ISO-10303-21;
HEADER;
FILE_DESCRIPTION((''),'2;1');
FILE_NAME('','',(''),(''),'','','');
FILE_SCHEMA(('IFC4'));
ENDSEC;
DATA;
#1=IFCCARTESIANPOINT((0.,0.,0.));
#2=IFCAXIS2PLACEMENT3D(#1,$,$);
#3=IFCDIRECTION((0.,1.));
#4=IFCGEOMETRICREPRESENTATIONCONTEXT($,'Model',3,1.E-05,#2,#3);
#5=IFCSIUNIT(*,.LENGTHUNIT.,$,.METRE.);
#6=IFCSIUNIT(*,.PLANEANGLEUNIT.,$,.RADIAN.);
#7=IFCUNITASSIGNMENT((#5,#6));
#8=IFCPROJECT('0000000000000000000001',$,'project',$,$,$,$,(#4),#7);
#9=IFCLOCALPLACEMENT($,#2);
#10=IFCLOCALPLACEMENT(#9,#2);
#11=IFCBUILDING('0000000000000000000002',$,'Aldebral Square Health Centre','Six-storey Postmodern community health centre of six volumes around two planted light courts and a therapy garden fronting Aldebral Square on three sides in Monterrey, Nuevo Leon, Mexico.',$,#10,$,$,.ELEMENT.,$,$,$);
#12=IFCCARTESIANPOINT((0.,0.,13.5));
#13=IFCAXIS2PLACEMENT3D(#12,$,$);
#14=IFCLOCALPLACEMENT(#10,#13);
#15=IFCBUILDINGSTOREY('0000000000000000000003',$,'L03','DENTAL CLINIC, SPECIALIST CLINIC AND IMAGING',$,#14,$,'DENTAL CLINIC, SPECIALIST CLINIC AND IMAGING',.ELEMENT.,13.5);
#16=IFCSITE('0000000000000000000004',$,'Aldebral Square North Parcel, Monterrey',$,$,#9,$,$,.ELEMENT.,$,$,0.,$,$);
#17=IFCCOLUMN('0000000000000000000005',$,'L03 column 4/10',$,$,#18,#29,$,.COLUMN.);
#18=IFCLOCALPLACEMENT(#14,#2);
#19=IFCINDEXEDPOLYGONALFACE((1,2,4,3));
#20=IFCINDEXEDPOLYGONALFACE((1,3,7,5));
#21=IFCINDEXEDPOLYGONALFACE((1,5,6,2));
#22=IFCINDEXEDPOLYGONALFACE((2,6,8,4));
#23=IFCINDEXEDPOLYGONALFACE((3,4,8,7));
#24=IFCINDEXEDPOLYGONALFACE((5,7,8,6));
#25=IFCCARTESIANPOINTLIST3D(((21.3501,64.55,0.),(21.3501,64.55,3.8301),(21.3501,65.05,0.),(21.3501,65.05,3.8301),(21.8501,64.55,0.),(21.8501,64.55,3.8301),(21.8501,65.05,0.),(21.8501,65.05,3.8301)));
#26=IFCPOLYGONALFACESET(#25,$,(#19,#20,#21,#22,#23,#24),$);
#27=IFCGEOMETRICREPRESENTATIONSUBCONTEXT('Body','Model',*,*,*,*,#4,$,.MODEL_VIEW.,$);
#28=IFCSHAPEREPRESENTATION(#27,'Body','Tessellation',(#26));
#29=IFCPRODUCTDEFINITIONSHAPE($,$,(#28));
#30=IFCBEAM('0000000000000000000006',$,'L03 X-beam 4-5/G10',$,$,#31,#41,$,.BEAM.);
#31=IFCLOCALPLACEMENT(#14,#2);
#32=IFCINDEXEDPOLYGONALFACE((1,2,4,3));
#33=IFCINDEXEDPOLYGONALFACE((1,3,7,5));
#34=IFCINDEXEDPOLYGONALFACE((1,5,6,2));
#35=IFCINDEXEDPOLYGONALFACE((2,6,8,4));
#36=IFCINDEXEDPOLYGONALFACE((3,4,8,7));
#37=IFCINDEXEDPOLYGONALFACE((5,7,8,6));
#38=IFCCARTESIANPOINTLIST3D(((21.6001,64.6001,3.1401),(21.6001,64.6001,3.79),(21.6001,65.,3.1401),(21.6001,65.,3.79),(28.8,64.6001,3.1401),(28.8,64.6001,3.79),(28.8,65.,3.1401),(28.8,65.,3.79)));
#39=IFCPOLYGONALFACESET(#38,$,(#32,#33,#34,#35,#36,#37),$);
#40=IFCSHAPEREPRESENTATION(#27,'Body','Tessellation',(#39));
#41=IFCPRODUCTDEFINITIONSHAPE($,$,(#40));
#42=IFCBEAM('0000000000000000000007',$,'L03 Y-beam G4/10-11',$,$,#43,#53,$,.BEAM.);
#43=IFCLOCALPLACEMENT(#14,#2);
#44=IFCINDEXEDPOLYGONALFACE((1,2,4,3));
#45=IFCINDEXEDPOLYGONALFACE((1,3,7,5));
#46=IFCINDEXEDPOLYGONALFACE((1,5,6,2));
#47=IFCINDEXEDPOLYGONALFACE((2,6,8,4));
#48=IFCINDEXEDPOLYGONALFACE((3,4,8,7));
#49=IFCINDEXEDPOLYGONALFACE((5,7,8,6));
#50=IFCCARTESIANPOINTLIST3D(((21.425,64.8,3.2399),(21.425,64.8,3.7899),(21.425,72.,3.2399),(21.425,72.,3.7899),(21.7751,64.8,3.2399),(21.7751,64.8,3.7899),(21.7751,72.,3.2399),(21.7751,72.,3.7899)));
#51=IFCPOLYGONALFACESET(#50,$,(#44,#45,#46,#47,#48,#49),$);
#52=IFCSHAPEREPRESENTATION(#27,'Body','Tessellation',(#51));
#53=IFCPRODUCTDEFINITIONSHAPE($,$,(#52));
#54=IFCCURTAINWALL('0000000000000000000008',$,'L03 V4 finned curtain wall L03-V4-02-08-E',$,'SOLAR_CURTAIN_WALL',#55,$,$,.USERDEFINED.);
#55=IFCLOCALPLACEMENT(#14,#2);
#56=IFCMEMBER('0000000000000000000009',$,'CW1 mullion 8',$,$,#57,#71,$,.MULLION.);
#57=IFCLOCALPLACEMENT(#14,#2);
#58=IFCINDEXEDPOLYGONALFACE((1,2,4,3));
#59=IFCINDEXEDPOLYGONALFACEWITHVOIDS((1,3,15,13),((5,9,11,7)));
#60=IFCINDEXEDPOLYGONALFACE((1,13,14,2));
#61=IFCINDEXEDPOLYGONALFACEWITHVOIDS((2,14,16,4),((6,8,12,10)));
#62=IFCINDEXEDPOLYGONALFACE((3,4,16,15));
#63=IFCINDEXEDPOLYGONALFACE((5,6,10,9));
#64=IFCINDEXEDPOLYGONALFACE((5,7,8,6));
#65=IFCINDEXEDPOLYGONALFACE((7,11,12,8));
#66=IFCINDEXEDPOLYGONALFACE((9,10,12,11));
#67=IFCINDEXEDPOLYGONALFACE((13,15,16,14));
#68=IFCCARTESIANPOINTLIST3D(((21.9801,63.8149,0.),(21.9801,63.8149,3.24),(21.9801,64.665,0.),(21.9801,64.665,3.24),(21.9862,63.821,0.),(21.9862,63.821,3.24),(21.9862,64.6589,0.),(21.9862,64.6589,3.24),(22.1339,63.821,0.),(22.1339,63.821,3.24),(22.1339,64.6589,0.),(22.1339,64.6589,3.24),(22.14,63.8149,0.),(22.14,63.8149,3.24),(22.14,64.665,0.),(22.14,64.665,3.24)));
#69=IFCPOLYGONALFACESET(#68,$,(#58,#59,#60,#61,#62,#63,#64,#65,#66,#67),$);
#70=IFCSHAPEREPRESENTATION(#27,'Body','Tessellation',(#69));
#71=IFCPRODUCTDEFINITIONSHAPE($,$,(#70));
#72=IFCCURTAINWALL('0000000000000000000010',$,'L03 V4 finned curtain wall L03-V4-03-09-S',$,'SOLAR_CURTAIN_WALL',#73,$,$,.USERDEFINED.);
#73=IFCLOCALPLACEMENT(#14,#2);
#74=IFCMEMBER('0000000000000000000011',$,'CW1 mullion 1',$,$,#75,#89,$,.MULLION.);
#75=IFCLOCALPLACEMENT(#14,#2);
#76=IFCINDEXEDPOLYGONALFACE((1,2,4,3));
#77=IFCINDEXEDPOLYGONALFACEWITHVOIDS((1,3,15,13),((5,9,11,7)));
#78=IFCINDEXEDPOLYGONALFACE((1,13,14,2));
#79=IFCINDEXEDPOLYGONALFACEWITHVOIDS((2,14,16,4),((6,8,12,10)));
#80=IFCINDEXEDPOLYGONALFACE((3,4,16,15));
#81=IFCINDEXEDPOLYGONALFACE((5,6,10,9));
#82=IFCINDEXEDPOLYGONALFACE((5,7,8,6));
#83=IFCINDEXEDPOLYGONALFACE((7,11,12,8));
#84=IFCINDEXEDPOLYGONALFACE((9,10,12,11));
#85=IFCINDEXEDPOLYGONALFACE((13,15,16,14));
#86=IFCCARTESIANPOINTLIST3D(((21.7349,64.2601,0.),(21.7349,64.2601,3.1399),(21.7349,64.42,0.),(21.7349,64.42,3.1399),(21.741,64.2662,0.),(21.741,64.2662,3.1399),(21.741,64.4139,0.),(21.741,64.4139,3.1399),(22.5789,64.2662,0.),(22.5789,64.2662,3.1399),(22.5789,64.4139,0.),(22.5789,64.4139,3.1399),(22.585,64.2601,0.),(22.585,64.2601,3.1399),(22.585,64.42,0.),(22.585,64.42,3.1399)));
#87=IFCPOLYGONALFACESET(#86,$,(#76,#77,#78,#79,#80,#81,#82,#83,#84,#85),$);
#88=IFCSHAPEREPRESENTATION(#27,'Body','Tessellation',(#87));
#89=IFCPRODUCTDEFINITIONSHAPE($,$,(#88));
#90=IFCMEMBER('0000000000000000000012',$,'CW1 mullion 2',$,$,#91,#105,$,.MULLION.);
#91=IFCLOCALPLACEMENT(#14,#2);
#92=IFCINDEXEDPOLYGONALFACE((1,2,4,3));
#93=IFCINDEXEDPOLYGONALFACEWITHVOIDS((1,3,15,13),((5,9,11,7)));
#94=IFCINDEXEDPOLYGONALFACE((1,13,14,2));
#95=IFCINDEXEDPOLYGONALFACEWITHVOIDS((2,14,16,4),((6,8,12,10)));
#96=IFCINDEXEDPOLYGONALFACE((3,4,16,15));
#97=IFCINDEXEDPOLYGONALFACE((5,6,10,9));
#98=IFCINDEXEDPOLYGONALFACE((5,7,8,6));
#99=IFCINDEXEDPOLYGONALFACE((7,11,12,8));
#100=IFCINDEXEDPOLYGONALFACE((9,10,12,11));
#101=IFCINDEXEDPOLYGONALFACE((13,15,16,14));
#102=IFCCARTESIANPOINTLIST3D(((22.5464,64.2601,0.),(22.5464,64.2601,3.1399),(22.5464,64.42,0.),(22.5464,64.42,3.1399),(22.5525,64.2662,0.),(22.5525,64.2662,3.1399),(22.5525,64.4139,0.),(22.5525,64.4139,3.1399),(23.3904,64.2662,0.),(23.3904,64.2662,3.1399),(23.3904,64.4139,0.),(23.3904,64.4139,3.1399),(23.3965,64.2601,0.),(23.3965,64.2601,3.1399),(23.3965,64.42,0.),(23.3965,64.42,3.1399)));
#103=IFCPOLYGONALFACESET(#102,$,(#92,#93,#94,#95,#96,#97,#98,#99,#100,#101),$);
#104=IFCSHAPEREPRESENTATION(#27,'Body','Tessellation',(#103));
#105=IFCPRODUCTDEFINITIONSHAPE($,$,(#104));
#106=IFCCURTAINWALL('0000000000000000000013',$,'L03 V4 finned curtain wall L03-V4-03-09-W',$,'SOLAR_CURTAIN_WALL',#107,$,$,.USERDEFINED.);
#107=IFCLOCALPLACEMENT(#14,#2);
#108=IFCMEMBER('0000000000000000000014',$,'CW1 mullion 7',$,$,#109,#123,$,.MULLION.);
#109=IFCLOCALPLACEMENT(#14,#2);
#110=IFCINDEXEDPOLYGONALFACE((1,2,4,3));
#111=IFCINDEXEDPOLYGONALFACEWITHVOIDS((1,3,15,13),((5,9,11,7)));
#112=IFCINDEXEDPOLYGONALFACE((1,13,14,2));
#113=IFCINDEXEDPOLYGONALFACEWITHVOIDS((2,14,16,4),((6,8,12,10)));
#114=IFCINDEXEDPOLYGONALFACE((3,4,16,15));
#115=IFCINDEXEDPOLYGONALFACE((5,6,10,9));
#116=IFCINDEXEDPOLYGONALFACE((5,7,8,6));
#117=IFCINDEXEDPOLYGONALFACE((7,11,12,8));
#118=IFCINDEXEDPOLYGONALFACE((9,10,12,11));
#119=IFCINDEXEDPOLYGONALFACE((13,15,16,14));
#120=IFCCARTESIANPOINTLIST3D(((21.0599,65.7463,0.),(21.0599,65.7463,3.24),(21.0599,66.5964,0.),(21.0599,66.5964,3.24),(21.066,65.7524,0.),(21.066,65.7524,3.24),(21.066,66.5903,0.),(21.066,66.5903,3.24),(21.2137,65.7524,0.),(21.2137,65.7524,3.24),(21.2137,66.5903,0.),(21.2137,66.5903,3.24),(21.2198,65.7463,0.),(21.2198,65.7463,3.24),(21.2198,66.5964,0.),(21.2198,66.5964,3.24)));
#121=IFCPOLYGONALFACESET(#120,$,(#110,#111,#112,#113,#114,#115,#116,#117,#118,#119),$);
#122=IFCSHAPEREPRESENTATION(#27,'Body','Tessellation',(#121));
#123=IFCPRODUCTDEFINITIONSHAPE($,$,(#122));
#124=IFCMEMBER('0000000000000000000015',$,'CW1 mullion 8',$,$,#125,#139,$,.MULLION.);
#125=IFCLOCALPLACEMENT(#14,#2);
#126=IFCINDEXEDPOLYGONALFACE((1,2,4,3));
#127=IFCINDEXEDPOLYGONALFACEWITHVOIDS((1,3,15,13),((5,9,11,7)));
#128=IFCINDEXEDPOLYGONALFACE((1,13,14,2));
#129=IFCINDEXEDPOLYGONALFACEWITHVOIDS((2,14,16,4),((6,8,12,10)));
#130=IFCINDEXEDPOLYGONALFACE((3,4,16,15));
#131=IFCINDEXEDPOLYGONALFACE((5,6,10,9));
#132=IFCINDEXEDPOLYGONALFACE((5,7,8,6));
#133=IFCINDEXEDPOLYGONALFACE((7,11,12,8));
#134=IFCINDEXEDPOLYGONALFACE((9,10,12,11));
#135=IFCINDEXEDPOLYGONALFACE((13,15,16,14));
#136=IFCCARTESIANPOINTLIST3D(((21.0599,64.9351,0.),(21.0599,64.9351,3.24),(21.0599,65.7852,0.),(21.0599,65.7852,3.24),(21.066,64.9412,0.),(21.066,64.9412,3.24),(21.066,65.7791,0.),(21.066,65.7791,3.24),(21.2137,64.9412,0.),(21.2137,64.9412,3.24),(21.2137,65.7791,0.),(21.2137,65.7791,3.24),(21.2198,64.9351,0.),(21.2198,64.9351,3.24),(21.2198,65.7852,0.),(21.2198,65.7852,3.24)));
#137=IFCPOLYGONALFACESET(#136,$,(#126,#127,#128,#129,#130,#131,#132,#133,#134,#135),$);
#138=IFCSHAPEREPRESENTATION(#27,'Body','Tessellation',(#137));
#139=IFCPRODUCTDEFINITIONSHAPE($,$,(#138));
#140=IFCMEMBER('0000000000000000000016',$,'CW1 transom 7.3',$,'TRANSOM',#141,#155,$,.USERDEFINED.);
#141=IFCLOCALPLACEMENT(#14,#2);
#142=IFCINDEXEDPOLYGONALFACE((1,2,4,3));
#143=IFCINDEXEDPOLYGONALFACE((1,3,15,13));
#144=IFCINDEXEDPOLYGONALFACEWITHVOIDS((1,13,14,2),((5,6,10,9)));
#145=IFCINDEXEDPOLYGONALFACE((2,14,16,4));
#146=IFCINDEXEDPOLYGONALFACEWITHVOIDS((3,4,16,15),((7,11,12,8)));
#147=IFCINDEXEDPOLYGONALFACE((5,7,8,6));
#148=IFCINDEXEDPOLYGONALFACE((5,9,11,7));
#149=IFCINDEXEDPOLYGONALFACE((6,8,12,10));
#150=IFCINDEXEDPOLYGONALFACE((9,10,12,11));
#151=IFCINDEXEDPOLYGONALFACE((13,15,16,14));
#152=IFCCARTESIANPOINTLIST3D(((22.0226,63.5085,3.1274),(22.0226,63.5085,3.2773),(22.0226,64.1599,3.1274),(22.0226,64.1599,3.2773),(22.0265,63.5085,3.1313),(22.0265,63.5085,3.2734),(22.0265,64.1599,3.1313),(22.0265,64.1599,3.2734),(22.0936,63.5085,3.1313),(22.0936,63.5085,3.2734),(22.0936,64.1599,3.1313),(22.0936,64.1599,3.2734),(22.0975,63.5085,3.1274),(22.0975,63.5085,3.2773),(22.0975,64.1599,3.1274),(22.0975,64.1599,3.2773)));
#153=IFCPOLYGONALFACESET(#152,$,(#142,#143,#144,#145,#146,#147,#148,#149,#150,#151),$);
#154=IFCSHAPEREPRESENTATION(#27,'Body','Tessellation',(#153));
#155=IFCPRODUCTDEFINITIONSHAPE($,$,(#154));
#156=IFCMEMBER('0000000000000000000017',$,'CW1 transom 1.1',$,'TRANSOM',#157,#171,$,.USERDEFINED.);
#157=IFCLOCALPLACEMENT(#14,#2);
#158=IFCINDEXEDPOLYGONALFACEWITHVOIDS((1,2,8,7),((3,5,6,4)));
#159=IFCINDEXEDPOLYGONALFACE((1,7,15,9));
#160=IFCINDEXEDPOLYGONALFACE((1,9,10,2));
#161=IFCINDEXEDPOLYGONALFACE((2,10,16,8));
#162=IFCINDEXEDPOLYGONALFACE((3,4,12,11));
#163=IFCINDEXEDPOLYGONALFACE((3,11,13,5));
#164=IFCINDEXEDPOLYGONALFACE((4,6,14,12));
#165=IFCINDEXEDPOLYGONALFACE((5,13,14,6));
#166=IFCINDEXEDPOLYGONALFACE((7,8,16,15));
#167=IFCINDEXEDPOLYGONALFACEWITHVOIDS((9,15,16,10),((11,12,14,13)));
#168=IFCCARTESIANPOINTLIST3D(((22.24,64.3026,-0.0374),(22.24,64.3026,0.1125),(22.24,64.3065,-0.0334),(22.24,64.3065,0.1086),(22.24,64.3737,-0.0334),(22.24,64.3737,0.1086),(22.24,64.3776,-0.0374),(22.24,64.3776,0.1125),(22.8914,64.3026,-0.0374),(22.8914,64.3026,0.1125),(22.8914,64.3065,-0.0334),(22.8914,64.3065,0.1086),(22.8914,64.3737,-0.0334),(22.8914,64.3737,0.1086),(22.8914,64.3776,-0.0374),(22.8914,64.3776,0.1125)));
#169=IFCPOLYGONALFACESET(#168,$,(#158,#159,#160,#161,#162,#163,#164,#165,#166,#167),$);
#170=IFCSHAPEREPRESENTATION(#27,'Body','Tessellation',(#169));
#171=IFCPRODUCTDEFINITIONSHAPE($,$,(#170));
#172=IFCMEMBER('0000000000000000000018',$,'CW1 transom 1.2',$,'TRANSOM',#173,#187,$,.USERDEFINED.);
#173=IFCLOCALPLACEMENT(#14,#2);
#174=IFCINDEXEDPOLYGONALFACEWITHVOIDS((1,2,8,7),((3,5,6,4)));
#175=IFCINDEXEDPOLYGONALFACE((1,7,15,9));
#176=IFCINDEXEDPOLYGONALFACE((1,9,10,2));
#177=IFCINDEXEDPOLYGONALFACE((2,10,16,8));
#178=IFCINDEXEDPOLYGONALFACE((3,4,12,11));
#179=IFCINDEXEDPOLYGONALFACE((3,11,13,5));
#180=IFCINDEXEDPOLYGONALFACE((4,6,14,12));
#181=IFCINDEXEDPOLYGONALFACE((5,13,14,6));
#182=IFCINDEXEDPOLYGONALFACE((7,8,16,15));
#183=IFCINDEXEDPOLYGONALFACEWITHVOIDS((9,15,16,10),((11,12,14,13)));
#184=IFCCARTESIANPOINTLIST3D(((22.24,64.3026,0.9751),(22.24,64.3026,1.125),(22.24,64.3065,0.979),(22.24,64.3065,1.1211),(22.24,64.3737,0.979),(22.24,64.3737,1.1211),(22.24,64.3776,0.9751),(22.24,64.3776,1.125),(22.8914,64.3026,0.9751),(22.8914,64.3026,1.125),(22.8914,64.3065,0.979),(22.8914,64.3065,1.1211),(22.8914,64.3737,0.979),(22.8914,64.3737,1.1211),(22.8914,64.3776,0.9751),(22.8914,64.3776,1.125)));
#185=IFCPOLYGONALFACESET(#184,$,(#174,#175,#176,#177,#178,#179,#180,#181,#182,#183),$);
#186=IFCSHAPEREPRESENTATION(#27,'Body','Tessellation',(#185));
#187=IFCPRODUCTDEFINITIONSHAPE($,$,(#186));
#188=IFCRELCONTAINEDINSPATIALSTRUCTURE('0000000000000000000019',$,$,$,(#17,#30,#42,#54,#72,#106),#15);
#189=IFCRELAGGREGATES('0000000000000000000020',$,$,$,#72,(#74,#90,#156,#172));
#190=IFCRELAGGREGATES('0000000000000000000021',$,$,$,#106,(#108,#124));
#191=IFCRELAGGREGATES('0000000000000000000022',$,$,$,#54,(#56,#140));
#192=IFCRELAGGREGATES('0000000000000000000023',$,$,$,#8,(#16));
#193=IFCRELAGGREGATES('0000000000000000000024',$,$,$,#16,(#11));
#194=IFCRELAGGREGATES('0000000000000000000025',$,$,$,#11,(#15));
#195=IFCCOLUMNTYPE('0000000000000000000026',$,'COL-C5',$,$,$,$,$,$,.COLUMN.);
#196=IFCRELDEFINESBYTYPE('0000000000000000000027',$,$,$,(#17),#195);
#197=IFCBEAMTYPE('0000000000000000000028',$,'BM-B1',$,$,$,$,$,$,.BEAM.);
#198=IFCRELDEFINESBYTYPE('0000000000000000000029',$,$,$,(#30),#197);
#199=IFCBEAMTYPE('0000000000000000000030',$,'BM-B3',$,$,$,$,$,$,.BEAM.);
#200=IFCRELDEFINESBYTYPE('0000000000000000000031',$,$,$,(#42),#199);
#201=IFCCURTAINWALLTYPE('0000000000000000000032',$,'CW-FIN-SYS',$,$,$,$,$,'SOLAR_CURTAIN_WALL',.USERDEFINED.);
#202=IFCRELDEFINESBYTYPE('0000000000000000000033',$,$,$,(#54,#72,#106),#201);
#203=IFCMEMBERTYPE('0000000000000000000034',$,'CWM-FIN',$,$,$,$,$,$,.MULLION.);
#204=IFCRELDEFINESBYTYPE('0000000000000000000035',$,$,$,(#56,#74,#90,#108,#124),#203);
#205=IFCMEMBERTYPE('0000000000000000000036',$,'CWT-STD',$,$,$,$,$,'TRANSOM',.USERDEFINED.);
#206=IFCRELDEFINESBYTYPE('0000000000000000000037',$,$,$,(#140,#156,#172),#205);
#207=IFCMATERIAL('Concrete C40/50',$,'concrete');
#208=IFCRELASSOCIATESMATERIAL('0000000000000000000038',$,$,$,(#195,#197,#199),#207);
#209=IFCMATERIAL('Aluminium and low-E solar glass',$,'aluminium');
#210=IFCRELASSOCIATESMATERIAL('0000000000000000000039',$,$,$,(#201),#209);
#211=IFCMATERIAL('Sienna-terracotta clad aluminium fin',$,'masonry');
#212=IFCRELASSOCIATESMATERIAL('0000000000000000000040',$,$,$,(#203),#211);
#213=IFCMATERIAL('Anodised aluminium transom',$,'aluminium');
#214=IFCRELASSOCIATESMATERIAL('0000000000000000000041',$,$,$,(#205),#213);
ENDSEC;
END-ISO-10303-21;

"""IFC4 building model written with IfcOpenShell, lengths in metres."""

from ifc_helpers import new_model, si_unit, direction, frame, origin, origin_2d, place, context, subcontext, project, spatial, rectangle, hollow_rectangle, extrude, material, material_profile, profile_set, type_object, element, aggregate, save


model = new_model("IFC4")

# Units and contexts
model_context = context("Model", 3, precision=1e-05, world=origin(), true_north=direction((0.0, 1.0)))
body_context = subcontext(model_context, "Body", "Model", "MODEL_VIEW")
ifc_project = project(units=[si_unit("LENGTHUNIT", "METRE"), si_unit("PLANEANGLEUNIT", "RADIAN")], contexts=[model_context])

# Site, building, storey
site_placement = place(None, origin())
site = spatial("IfcSite", under=ifc_project, at=site_placement, Name="Aldebral Square North Parcel, Monterrey", CompositionType="ELEMENT", RefElevation=0.0)
building_placement = place(site_placement, origin())
building = spatial("IfcBuilding", under=site, at=building_placement, Name="Aldebral Square Health Centre", Description="Six-storey Postmodern community health centre of six volumes around two planted light courts and a therapy garden fronting Aldebral Square on three sides in Monterrey, Nuevo Leon, Mexico.", CompositionType="ELEMENT")
storey_placement = place(building_placement, frame((0.0, 0.0, 13.5)))
storey = spatial("IfcBuildingStorey", under=building, at=storey_placement, Name="L03", Description="DENTAL CLINIC, SPECIALIST CLINIC AND IMAGING", LongName="DENTAL CLINIC, SPECIALIST CLINIC AND IMAGING", CompositionType="ELEMENT", Elevation=13.5)

# Column
ifc_material_1 = material(Name="Concrete C40/50", Category="concrete")
ifc_material_profile_1 = material_profile(ifc_material_1, rectangle(XDim=0.5, YDim=0.5, at=origin_2d()), Name="RC 500x500")
ifc_profile_set_1 = profile_set([ifc_material_profile_1], Name="Concrete C40/50")
column_type = type_object("IfcColumnType", Name="COL-C5", PredefinedType="COLUMN", material=ifc_profile_set_1)
column_placement = place(storey_placement, frame((21.6001, 64.8, 0.0), z_axis=(0.0, 0.0, 1.0), x_axis=(1.0, 0.0, 0.0)))
element("IfcColumn", 1, at=column_placement, inside=storey, type_object=column_type, Name="L03 column 4/10", PredefinedType="COLUMN", context=body_context, shape_type="SweptSolid", body=[
    extrude(rectangle(XDim=0.5, YDim=0.5, at=origin_2d()), origin(), (0.0, 0.0, 1.0), 3.8301),
])

# Beams
ifc_material_profile_2 = material_profile(ifc_material_1, rectangle(XDim=0.3999, YDim=0.6499, at=origin_2d()), Name="RC 400x650")
ifc_profile_set_2 = profile_set([ifc_material_profile_2], Name="Concrete C40/50")
beam_type_1 = type_object("IfcBeamType", Name="BM-B1", PredefinedType="BEAM", material=ifc_profile_set_2)
beam_1_placement = place(storey_placement, frame((21.6001, 64.8, 3.4651), z_axis=(1.0, 0.0, 0.0), x_axis=(0.0, 1.0, 0.0)))
element("IfcBeam", 2, at=beam_1_placement, inside=storey, type_object=beam_type_1, Name="L03 X-beam 4-5/G10", PredefinedType="BEAM", context=body_context, shape_type="SweptSolid", body=[
    extrude(rectangle(XDim=0.3999, YDim=0.6499, at=origin_2d()), origin(), (0.0, 0.0, 1.0), 7.2),
])
ifc_material_profile_3 = material_profile(ifc_material_1, rectangle(XDim=0.3501, YDim=0.55, at=origin_2d()), Name="RC 350x550")
ifc_profile_set_3 = profile_set([ifc_material_profile_3], Name="Concrete C40/50")
beam_type_2 = type_object("IfcBeamType", Name="BM-B3", PredefinedType="BEAM", material=ifc_profile_set_3)
beam_2_placement = place(storey_placement, frame((21.6001, 64.8, 3.5149), z_axis=(0.0, 1.0, 0.0), x_axis=(-1.0, 0.0, 0.0)))
element("IfcBeam", 3, at=beam_2_placement, inside=storey, type_object=beam_type_2, Name="L03 Y-beam G4/10-11", PredefinedType="BEAM", context=body_context, shape_type="SweptSolid", body=[
    extrude(rectangle(XDim=0.3501, YDim=0.55, at=origin_2d()), origin(), (0.0, 0.0, 1.0), 7.2),
])

# Curtain wall, member
ifc_material_2 = material(Name="Aluminium and low-E solar glass", Category="aluminium")
curtain_wall_type = type_object("IfcCurtainWallType", Name="CW-FIN-SYS", ElementType="SOLAR_CURTAIN_WALL", PredefinedType="USERDEFINED", material=ifc_material_2)
curtain_wall_1_placement = place(storey_placement, origin())
curtain_wall_1 = element("IfcCurtainWall", 4, at=curtain_wall_1_placement, inside=storey, type_object=curtain_wall_type, Name="L03 V4 finned curtain wall L03-V4-02-08-E", ObjectType="SOLAR_CURTAIN_WALL", PredefinedType="USERDEFINED")
ifc_material_3 = material(Name="Sienna-terracotta clad aluminium fin", Category="masonry")
ifc_material_profile_4 = material_profile(ifc_material_3, hollow_rectangle(XDim=0.1599, YDim=0.8501, WallThickness=0.0061, at=origin_2d()), Name="FIN 160x850x6")
ifc_profile_set_4 = profile_set([ifc_material_profile_4], Name="Sienna-terracotta clad aluminium fin")
member_type_1 = type_object("IfcMemberType", Name="CWM-FIN", PredefinedType="MULLION", material=ifc_profile_set_4)
member_1_placement = place(storey_placement, frame((22.0601, 64.24, 0.0), z_axis=(0.0, 0.0, 1.0), x_axis=(-1.0, 0.0, 0.0)))
member_1 = element("IfcMember", 5, at=member_1_placement, type_object=member_type_1, Name="CW1 mullion 8", PredefinedType="MULLION", context=body_context, shape_type="SweptSolid", body=[
    extrude(hollow_rectangle(XDim=0.1599, YDim=0.8501, WallThickness=0.0061, at=origin_2d()), origin(), (0.0, 0.0, 1.0), 3.24),
])

# Curtain walls, members
curtain_wall_2_placement = place(storey_placement, origin())
curtain_wall_2 = element("IfcCurtainWall", 6, at=curtain_wall_2_placement, inside=storey, type_object=curtain_wall_type, Name="L03 V4 finned curtain wall L03-V4-03-09-S", ObjectType="SOLAR_CURTAIN_WALL", PredefinedType="USERDEFINED")
member_2_placement = place(storey_placement, frame((22.1599, 64.3401, 0.0), z_axis=(0.0, 0.0, 1.0), x_axis=(0.0, 1.0, 0.0)))
member_2 = element("IfcMember", 7, at=member_2_placement, type_object=member_type_1, Name="CW1 mullion 1", PredefinedType="MULLION", context=body_context, shape_type="SweptSolid", body=[
    extrude(hollow_rectangle(XDim=0.1599, YDim=0.8501, WallThickness=0.0061, at=origin_2d()), origin(), (0.0, 0.0, 1.0), 3.1399),
])
member_3_placement = place(storey_placement, frame((22.9714, 64.3401, 0.0), z_axis=(0.0, 0.0, 1.0), x_axis=(0.0, 1.0, 0.0)))
member_3 = element("IfcMember", 8, at=member_3_placement, type_object=member_type_1, Name="CW1 mullion 2", PredefinedType="MULLION", context=body_context, shape_type="SweptSolid", body=[
    extrude(hollow_rectangle(XDim=0.1599, YDim=0.8501, WallThickness=0.0061, at=origin_2d()), origin(), (0.0, 0.0, 1.0), 3.1399),
])
curtain_wall_3_placement = place(storey_placement, origin())
curtain_wall_3 = element("IfcCurtainWall", 9, at=curtain_wall_3_placement, inside=storey, type_object=curtain_wall_type, Name="L03 V4 finned curtain wall L03-V4-03-09-W", ObjectType="SOLAR_CURTAIN_WALL", PredefinedType="USERDEFINED")
member_4_placement = place(storey_placement, frame((21.1399, 66.1714, 0.0), z_axis=(0.0, 0.0, 1.0), x_axis=(1.0, 0.0, 0.0)))
member_4 = element("IfcMember", 10, at=member_4_placement, type_object=member_type_1, Name="CW1 mullion 7", PredefinedType="MULLION", context=body_context, shape_type="SweptSolid", body=[
    extrude(hollow_rectangle(XDim=0.1599, YDim=0.8501, WallThickness=0.0061, at=origin_2d()), origin(), (0.0, 0.0, 1.0), 3.24),
])
member_5_placement = place(storey_placement, frame((21.1399, 65.3601, 0.0), z_axis=(0.0, 0.0, 1.0), x_axis=(1.0, 0.0, 0.0)))
member_5 = element("IfcMember", 11, at=member_5_placement, type_object=member_type_1, Name="CW1 mullion 8", PredefinedType="MULLION", context=body_context, shape_type="SweptSolid", body=[
    extrude(hollow_rectangle(XDim=0.1599, YDim=0.8501, WallThickness=0.0061, at=origin_2d()), origin(), (0.0, 0.0, 1.0), 3.24),
])

# Members
ifc_material_4 = material(Name="Anodised aluminium transom", Category="aluminium")
ifc_material_profile_5 = material_profile(ifc_material_4, hollow_rectangle(XDim=0.075, YDim=0.1499, WallThickness=0.0039, at=origin_2d()), Name="CWT 75x150x4")
ifc_profile_set_5 = profile_set([ifc_material_profile_5], Name="Anodised aluminium transom")
member_type_2 = type_object("IfcMemberType", Name="CWT-STD", ElementType="TRANSOM", PredefinedType="USERDEFINED", material=ifc_profile_set_5)
member_6_placement = place(storey_placement, frame((22.0601, 63.5085, 3.2024), z_axis=(0.0, 1.0, 0.0), x_axis=(-1.0, 0.0, 0.0)))
member_6 = element("IfcMember", 12, at=member_6_placement, type_object=member_type_2, Name="CW1 transom 7.3", ObjectType="TRANSOM", PredefinedType="USERDEFINED", context=body_context, shape_type="SweptSolid", body=[
    extrude(hollow_rectangle(XDim=0.075, YDim=0.1499, WallThickness=0.0039, at=origin_2d()), origin(), (0.0, 0.0, 1.0), 0.6514),
])
member_7_placement = place(storey_placement, frame((22.24, 64.3401, 0.0376), z_axis=(1.0, 0.0, 0.0), x_axis=(0.0, 1.0, 0.0)))
member_7 = element("IfcMember", 13, at=member_7_placement, type_object=member_type_2, Name="CW1 transom 1.1", ObjectType="TRANSOM", PredefinedType="USERDEFINED", context=body_context, shape_type="SweptSolid", body=[
    extrude(hollow_rectangle(XDim=0.075, YDim=0.1499, WallThickness=0.0039, at=origin_2d()), origin(), (0.0, 0.0, 1.0), 0.6514),
])
member_8_placement = place(storey_placement, frame((22.24, 64.3401, 1.05), z_axis=(1.0, 0.0, 0.0), x_axis=(0.0, 1.0, 0.0)))
member_8 = element("IfcMember", 14, at=member_8_placement, type_object=member_type_2, Name="CW1 transom 1.2", ObjectType="TRANSOM", PredefinedType="USERDEFINED", context=body_context, shape_type="SweptSolid", body=[
    extrude(hollow_rectangle(XDim=0.075, YDim=0.1499, WallThickness=0.0039, at=origin_2d()), origin(), (0.0, 0.0, 1.0), 0.6514),
])

aggregate(curtain_wall_2, [member_2, member_3, member_7, member_8])
aggregate(curtain_wall_3, [member_4, member_5])
aggregate(curtain_wall_1, [member_1, member_6])

save(model, "model.ifc")
